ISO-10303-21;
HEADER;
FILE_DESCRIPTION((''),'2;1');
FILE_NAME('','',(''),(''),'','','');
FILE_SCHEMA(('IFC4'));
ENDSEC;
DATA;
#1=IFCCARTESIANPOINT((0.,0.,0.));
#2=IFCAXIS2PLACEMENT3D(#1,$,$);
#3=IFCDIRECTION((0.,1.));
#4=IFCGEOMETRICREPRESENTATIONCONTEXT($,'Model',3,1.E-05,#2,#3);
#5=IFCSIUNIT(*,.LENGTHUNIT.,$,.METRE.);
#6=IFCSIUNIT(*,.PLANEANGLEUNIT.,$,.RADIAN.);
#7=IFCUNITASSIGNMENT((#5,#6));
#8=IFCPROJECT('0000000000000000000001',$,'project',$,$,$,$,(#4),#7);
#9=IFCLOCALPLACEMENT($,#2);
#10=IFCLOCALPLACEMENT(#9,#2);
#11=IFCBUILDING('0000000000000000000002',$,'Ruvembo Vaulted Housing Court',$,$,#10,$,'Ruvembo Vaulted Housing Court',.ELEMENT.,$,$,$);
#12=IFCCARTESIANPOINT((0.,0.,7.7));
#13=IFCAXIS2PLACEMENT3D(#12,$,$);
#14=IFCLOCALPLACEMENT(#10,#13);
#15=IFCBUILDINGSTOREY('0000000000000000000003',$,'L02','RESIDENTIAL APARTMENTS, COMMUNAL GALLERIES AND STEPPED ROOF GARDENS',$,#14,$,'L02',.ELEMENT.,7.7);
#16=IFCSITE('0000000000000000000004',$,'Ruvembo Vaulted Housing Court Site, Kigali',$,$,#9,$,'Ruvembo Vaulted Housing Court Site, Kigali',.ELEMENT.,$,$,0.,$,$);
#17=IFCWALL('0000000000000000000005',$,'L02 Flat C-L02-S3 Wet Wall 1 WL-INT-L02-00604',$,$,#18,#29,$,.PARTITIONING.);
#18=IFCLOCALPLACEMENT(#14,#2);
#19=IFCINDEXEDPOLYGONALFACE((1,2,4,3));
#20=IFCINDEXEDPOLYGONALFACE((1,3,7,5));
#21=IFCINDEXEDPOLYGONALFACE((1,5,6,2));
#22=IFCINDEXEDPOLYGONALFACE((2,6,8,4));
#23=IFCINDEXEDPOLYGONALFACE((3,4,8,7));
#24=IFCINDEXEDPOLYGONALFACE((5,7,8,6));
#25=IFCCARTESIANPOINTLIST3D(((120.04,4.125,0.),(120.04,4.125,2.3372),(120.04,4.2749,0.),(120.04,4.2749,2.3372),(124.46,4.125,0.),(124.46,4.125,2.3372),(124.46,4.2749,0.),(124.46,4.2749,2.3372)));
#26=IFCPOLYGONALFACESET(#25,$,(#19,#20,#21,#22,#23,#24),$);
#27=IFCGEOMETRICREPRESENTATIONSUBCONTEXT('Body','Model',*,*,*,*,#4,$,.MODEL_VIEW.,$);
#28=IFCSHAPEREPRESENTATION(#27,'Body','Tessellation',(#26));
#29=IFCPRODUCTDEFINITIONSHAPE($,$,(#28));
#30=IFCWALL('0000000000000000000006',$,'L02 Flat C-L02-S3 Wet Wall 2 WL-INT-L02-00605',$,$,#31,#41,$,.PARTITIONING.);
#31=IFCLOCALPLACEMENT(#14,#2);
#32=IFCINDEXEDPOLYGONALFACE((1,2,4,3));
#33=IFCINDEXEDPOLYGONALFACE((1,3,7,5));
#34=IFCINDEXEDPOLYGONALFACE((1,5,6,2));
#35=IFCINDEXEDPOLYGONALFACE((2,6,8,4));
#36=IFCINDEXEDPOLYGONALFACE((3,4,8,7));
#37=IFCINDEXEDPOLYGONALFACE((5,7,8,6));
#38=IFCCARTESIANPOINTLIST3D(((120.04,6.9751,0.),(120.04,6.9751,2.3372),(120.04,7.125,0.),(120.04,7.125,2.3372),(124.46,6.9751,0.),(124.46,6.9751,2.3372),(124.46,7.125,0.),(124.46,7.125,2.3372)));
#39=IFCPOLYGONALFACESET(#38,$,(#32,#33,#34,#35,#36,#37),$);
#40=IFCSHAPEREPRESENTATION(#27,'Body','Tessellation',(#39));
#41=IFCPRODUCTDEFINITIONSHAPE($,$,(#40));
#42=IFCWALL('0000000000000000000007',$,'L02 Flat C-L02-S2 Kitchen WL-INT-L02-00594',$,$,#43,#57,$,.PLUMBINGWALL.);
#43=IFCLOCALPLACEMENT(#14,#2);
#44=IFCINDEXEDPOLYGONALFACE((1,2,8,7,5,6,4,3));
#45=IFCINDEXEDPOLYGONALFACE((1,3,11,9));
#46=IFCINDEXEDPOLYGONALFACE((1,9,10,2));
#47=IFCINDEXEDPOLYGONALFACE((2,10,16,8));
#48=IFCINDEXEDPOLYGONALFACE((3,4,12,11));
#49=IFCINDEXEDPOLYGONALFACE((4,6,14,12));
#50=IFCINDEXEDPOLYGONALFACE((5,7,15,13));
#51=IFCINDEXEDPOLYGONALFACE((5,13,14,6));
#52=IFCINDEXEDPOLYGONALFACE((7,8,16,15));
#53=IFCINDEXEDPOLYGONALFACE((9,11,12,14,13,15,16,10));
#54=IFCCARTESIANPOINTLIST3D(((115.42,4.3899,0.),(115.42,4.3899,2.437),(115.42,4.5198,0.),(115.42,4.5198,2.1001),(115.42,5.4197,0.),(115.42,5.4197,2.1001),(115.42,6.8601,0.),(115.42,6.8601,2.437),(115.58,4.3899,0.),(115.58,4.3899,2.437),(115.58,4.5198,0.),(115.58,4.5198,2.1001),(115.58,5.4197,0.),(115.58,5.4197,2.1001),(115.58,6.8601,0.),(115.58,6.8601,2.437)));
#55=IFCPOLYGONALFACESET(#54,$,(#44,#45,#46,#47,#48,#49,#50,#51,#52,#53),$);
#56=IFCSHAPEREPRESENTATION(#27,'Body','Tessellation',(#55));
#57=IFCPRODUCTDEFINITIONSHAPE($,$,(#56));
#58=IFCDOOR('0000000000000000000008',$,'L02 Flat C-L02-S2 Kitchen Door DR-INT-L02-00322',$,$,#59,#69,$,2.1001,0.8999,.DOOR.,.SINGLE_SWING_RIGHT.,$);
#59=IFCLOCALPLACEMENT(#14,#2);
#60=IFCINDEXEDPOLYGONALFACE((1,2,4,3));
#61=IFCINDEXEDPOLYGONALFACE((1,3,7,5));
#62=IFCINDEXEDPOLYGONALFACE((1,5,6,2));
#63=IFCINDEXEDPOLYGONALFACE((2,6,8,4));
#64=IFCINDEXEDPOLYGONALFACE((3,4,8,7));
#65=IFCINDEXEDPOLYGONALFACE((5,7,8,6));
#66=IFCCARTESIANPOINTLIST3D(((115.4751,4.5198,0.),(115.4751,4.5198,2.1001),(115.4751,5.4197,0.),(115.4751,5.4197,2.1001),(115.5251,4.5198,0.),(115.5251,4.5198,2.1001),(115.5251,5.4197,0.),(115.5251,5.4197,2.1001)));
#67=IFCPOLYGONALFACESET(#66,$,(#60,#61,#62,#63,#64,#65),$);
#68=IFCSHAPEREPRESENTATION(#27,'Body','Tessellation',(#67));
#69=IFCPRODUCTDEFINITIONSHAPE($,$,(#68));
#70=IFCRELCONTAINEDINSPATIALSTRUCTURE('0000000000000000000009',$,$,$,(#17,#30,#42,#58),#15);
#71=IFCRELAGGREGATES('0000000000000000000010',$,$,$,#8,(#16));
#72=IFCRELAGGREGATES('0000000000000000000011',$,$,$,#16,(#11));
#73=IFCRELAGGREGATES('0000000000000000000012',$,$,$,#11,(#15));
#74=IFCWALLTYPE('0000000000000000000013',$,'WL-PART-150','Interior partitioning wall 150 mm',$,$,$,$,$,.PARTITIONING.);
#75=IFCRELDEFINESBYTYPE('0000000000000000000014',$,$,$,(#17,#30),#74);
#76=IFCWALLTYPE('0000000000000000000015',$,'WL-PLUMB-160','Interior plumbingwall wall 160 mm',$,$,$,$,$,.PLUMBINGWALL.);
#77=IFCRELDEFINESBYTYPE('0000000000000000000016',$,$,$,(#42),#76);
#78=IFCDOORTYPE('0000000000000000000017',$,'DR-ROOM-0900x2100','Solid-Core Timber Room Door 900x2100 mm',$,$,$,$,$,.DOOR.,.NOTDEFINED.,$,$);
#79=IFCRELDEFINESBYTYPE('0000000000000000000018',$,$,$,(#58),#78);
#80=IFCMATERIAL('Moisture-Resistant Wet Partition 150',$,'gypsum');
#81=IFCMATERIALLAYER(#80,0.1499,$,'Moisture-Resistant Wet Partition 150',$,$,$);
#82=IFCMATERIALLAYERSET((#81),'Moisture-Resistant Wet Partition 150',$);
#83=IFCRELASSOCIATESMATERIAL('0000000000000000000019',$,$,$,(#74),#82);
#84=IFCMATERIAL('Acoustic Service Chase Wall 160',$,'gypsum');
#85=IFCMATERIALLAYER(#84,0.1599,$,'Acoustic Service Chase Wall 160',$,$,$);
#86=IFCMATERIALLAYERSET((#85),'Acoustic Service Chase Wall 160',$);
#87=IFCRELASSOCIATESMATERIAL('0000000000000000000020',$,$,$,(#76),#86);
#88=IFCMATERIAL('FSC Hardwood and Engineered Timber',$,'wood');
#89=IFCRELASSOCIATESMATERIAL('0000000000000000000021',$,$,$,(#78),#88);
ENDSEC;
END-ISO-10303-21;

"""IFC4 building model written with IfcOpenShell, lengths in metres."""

from ifc_helpers import new_model, si_unit, direction, frame, frame_2d, origin, place, context, subcontext, project, spatial, rectangle, extrude, material, layer, layer_set, type_object, element, fill, save


model = new_model("IFC4")

# Units and contexts
model_context = context("Model", 3, precision=1e-05, world=origin(), true_north=direction((0.0, 1.0)))
body_context = subcontext(model_context, "Body", "Model", "MODEL_VIEW")
ifc_project = project(units=[si_unit("LENGTHUNIT", "METRE"), si_unit("PLANEANGLEUNIT", "RADIAN")], contexts=[model_context])

# Site, building, storey
site_placement = place(None, origin())
site = spatial("IfcSite", under=ifc_project, at=site_placement, Name="Ruvembo Vaulted Housing Court Site, Kigali", LongName="Ruvembo Vaulted Housing Court Site, Kigali", CompositionType="ELEMENT", RefElevation=0.0)
building_placement = place(site_placement, origin())
building = spatial("IfcBuilding", under=site, at=building_placement, Name="Ruvembo Vaulted Housing Court", LongName="Ruvembo Vaulted Housing Court", CompositionType="ELEMENT")
storey_placement = place(building_placement, frame((0.0, 0.0, 7.7)))
storey = spatial("IfcBuildingStorey", under=building, at=storey_placement, Name="L02", Description="RESIDENTIAL APARTMENTS, COMMUNAL GALLERIES AND STEPPED ROOF GARDENS", LongName="L02", CompositionType="ELEMENT", Elevation=7.7)

# Shared definitions
ifc_material_1 = material(Name="FSC Hardwood and Engineered Timber", Category="wood")

# Shared definitions
ifc_material_2 = material(Name="Moisture-Resistant Wet Partition 150", Category="gypsum")
ifc_layer_1 = layer(ifc_material_2, 0.1499, Name="Moisture-Resistant Wet Partition 150")
ifc_layer_set_1 = layer_set([ifc_layer_1], Name="Moisture-Resistant Wet Partition 150")
wall_type_1 = type_object("IfcWallType", Name="WL-PART-150", Description="Interior partitioning wall 150 mm", PredefinedType="PARTITIONING", material=ifc_layer_set_1)

# Walls
for number, where, z_axis, x_axis, name in (
    (1, (120.04, 4.2, 0.0), (0.0, 0.0, 1.0), (1.0, 0.0, 0.0), "L02 Flat C-L02-S3 Wet Wall 1 WL-INT-L02-00604"),
    (2, (120.04, 7.05, 0.0), (0.0, 0.0, 1.0), (1.0, 0.0, 0.0), "L02 Flat C-L02-S3 Wet Wall 2 WL-INT-L02-00605"),
):
    element("IfcWall", number, at=place(storey_placement, frame(where, z_axis=z_axis, x_axis=x_axis)), inside=storey, type_object=wall_type_1, Name=name, PredefinedType="PARTITIONING", context=body_context, shape_type="SweptSolid", body=[
        extrude(rectangle(XDim=4.4199, YDim=0.1499, at=frame_2d((2.21, 0.0))), origin(), (0.0, 0.0, 1.0), 2.3372),
    ])

# Wall, opening, door
ifc_material_3 = material(Name="Acoustic Service Chase Wall 160", Category="gypsum")
ifc_layer_2 = layer(ifc_material_3, 0.1599, Name="Acoustic Service Chase Wall 160")
ifc_layer_set_2 = layer_set([ifc_layer_2], Name="Acoustic Service Chase Wall 160")
wall_type_2 = type_object("IfcWallType", Name="WL-PLUMB-160", Description="Interior plumbingwall wall 160 mm", PredefinedType="PLUMBINGWALL", material=ifc_layer_set_2)
wall_1_placement = place(storey_placement, frame((115.5, 4.3899, 0.0), z_axis=(0.0, 0.0, 1.0), x_axis=(0.0, 1.0, 0.0)))
wall_1 = element("IfcWall", 3, at=wall_1_placement, inside=storey, type_object=wall_type_2, Name="L02 Flat C-L02-S2 Kitchen WL-INT-L02-00594", PredefinedType="PLUMBINGWALL", context=body_context, shape_type="SweptSolid", body=[
    extrude(rectangle(XDim=2.4702, YDim=0.1599, at=frame_2d((1.2351, 0.0))), origin(), (0.0, 0.0, 1.0), 2.437),
])
opening_1_placement = place(wall_1_placement, frame((0.1299, 0.0, 0.0)))
opening_1 = element("IfcOpeningElement", 4, at=opening_1_placement, cuts=wall_1, PredefinedType="OPENING", context=body_context, shape_type="SweptSolid", body=[
    extrude(rectangle(XDim=0.8999, YDim=2.1001, at=frame_2d((0.45, 1.05))), frame((0.0, 0.0898, 0.0), z_axis=(0.0, -1.0, 0.0), x_axis=(1.0, 0.0, 0.0)), (0.0, 0.0, 1.0), 0.1799),
])
door_type_1 = type_object("IfcDoorType", Name="DR-ROOM-0900x2100", Description="Solid-Core Timber Room Door 900x2100 mm", OperationType="NOTDEFINED", PredefinedType="DOOR", material=ifc_material_1)
door_1_placement = place(opening_1_placement, origin())
door_1 = element("IfcDoor", 5, at=door_1_placement, inside=storey, type_object=door_type_1, Name="L02 Flat C-L02-S2 Kitchen Door DR-INT-L02-00322", OperationType="SINGLE_SWING_RIGHT", OverallHeight=2.1001, OverallWidth=0.8999, PredefinedType="DOOR", context=body_context, shape_type="SweptSolid", body=[
    extrude(rectangle(XDim=0.8999, YDim=2.1001, at=frame_2d((0.45, 1.05))), frame((0.0, 0.0249, 0.0), z_axis=(0.0, -1.0, 0.0), x_axis=(1.0, 0.0, 0.0)), (0.0, 0.0, 1.0), 0.05),
])
fill(opening_1, door_1)

save(model, "model.ifc")
